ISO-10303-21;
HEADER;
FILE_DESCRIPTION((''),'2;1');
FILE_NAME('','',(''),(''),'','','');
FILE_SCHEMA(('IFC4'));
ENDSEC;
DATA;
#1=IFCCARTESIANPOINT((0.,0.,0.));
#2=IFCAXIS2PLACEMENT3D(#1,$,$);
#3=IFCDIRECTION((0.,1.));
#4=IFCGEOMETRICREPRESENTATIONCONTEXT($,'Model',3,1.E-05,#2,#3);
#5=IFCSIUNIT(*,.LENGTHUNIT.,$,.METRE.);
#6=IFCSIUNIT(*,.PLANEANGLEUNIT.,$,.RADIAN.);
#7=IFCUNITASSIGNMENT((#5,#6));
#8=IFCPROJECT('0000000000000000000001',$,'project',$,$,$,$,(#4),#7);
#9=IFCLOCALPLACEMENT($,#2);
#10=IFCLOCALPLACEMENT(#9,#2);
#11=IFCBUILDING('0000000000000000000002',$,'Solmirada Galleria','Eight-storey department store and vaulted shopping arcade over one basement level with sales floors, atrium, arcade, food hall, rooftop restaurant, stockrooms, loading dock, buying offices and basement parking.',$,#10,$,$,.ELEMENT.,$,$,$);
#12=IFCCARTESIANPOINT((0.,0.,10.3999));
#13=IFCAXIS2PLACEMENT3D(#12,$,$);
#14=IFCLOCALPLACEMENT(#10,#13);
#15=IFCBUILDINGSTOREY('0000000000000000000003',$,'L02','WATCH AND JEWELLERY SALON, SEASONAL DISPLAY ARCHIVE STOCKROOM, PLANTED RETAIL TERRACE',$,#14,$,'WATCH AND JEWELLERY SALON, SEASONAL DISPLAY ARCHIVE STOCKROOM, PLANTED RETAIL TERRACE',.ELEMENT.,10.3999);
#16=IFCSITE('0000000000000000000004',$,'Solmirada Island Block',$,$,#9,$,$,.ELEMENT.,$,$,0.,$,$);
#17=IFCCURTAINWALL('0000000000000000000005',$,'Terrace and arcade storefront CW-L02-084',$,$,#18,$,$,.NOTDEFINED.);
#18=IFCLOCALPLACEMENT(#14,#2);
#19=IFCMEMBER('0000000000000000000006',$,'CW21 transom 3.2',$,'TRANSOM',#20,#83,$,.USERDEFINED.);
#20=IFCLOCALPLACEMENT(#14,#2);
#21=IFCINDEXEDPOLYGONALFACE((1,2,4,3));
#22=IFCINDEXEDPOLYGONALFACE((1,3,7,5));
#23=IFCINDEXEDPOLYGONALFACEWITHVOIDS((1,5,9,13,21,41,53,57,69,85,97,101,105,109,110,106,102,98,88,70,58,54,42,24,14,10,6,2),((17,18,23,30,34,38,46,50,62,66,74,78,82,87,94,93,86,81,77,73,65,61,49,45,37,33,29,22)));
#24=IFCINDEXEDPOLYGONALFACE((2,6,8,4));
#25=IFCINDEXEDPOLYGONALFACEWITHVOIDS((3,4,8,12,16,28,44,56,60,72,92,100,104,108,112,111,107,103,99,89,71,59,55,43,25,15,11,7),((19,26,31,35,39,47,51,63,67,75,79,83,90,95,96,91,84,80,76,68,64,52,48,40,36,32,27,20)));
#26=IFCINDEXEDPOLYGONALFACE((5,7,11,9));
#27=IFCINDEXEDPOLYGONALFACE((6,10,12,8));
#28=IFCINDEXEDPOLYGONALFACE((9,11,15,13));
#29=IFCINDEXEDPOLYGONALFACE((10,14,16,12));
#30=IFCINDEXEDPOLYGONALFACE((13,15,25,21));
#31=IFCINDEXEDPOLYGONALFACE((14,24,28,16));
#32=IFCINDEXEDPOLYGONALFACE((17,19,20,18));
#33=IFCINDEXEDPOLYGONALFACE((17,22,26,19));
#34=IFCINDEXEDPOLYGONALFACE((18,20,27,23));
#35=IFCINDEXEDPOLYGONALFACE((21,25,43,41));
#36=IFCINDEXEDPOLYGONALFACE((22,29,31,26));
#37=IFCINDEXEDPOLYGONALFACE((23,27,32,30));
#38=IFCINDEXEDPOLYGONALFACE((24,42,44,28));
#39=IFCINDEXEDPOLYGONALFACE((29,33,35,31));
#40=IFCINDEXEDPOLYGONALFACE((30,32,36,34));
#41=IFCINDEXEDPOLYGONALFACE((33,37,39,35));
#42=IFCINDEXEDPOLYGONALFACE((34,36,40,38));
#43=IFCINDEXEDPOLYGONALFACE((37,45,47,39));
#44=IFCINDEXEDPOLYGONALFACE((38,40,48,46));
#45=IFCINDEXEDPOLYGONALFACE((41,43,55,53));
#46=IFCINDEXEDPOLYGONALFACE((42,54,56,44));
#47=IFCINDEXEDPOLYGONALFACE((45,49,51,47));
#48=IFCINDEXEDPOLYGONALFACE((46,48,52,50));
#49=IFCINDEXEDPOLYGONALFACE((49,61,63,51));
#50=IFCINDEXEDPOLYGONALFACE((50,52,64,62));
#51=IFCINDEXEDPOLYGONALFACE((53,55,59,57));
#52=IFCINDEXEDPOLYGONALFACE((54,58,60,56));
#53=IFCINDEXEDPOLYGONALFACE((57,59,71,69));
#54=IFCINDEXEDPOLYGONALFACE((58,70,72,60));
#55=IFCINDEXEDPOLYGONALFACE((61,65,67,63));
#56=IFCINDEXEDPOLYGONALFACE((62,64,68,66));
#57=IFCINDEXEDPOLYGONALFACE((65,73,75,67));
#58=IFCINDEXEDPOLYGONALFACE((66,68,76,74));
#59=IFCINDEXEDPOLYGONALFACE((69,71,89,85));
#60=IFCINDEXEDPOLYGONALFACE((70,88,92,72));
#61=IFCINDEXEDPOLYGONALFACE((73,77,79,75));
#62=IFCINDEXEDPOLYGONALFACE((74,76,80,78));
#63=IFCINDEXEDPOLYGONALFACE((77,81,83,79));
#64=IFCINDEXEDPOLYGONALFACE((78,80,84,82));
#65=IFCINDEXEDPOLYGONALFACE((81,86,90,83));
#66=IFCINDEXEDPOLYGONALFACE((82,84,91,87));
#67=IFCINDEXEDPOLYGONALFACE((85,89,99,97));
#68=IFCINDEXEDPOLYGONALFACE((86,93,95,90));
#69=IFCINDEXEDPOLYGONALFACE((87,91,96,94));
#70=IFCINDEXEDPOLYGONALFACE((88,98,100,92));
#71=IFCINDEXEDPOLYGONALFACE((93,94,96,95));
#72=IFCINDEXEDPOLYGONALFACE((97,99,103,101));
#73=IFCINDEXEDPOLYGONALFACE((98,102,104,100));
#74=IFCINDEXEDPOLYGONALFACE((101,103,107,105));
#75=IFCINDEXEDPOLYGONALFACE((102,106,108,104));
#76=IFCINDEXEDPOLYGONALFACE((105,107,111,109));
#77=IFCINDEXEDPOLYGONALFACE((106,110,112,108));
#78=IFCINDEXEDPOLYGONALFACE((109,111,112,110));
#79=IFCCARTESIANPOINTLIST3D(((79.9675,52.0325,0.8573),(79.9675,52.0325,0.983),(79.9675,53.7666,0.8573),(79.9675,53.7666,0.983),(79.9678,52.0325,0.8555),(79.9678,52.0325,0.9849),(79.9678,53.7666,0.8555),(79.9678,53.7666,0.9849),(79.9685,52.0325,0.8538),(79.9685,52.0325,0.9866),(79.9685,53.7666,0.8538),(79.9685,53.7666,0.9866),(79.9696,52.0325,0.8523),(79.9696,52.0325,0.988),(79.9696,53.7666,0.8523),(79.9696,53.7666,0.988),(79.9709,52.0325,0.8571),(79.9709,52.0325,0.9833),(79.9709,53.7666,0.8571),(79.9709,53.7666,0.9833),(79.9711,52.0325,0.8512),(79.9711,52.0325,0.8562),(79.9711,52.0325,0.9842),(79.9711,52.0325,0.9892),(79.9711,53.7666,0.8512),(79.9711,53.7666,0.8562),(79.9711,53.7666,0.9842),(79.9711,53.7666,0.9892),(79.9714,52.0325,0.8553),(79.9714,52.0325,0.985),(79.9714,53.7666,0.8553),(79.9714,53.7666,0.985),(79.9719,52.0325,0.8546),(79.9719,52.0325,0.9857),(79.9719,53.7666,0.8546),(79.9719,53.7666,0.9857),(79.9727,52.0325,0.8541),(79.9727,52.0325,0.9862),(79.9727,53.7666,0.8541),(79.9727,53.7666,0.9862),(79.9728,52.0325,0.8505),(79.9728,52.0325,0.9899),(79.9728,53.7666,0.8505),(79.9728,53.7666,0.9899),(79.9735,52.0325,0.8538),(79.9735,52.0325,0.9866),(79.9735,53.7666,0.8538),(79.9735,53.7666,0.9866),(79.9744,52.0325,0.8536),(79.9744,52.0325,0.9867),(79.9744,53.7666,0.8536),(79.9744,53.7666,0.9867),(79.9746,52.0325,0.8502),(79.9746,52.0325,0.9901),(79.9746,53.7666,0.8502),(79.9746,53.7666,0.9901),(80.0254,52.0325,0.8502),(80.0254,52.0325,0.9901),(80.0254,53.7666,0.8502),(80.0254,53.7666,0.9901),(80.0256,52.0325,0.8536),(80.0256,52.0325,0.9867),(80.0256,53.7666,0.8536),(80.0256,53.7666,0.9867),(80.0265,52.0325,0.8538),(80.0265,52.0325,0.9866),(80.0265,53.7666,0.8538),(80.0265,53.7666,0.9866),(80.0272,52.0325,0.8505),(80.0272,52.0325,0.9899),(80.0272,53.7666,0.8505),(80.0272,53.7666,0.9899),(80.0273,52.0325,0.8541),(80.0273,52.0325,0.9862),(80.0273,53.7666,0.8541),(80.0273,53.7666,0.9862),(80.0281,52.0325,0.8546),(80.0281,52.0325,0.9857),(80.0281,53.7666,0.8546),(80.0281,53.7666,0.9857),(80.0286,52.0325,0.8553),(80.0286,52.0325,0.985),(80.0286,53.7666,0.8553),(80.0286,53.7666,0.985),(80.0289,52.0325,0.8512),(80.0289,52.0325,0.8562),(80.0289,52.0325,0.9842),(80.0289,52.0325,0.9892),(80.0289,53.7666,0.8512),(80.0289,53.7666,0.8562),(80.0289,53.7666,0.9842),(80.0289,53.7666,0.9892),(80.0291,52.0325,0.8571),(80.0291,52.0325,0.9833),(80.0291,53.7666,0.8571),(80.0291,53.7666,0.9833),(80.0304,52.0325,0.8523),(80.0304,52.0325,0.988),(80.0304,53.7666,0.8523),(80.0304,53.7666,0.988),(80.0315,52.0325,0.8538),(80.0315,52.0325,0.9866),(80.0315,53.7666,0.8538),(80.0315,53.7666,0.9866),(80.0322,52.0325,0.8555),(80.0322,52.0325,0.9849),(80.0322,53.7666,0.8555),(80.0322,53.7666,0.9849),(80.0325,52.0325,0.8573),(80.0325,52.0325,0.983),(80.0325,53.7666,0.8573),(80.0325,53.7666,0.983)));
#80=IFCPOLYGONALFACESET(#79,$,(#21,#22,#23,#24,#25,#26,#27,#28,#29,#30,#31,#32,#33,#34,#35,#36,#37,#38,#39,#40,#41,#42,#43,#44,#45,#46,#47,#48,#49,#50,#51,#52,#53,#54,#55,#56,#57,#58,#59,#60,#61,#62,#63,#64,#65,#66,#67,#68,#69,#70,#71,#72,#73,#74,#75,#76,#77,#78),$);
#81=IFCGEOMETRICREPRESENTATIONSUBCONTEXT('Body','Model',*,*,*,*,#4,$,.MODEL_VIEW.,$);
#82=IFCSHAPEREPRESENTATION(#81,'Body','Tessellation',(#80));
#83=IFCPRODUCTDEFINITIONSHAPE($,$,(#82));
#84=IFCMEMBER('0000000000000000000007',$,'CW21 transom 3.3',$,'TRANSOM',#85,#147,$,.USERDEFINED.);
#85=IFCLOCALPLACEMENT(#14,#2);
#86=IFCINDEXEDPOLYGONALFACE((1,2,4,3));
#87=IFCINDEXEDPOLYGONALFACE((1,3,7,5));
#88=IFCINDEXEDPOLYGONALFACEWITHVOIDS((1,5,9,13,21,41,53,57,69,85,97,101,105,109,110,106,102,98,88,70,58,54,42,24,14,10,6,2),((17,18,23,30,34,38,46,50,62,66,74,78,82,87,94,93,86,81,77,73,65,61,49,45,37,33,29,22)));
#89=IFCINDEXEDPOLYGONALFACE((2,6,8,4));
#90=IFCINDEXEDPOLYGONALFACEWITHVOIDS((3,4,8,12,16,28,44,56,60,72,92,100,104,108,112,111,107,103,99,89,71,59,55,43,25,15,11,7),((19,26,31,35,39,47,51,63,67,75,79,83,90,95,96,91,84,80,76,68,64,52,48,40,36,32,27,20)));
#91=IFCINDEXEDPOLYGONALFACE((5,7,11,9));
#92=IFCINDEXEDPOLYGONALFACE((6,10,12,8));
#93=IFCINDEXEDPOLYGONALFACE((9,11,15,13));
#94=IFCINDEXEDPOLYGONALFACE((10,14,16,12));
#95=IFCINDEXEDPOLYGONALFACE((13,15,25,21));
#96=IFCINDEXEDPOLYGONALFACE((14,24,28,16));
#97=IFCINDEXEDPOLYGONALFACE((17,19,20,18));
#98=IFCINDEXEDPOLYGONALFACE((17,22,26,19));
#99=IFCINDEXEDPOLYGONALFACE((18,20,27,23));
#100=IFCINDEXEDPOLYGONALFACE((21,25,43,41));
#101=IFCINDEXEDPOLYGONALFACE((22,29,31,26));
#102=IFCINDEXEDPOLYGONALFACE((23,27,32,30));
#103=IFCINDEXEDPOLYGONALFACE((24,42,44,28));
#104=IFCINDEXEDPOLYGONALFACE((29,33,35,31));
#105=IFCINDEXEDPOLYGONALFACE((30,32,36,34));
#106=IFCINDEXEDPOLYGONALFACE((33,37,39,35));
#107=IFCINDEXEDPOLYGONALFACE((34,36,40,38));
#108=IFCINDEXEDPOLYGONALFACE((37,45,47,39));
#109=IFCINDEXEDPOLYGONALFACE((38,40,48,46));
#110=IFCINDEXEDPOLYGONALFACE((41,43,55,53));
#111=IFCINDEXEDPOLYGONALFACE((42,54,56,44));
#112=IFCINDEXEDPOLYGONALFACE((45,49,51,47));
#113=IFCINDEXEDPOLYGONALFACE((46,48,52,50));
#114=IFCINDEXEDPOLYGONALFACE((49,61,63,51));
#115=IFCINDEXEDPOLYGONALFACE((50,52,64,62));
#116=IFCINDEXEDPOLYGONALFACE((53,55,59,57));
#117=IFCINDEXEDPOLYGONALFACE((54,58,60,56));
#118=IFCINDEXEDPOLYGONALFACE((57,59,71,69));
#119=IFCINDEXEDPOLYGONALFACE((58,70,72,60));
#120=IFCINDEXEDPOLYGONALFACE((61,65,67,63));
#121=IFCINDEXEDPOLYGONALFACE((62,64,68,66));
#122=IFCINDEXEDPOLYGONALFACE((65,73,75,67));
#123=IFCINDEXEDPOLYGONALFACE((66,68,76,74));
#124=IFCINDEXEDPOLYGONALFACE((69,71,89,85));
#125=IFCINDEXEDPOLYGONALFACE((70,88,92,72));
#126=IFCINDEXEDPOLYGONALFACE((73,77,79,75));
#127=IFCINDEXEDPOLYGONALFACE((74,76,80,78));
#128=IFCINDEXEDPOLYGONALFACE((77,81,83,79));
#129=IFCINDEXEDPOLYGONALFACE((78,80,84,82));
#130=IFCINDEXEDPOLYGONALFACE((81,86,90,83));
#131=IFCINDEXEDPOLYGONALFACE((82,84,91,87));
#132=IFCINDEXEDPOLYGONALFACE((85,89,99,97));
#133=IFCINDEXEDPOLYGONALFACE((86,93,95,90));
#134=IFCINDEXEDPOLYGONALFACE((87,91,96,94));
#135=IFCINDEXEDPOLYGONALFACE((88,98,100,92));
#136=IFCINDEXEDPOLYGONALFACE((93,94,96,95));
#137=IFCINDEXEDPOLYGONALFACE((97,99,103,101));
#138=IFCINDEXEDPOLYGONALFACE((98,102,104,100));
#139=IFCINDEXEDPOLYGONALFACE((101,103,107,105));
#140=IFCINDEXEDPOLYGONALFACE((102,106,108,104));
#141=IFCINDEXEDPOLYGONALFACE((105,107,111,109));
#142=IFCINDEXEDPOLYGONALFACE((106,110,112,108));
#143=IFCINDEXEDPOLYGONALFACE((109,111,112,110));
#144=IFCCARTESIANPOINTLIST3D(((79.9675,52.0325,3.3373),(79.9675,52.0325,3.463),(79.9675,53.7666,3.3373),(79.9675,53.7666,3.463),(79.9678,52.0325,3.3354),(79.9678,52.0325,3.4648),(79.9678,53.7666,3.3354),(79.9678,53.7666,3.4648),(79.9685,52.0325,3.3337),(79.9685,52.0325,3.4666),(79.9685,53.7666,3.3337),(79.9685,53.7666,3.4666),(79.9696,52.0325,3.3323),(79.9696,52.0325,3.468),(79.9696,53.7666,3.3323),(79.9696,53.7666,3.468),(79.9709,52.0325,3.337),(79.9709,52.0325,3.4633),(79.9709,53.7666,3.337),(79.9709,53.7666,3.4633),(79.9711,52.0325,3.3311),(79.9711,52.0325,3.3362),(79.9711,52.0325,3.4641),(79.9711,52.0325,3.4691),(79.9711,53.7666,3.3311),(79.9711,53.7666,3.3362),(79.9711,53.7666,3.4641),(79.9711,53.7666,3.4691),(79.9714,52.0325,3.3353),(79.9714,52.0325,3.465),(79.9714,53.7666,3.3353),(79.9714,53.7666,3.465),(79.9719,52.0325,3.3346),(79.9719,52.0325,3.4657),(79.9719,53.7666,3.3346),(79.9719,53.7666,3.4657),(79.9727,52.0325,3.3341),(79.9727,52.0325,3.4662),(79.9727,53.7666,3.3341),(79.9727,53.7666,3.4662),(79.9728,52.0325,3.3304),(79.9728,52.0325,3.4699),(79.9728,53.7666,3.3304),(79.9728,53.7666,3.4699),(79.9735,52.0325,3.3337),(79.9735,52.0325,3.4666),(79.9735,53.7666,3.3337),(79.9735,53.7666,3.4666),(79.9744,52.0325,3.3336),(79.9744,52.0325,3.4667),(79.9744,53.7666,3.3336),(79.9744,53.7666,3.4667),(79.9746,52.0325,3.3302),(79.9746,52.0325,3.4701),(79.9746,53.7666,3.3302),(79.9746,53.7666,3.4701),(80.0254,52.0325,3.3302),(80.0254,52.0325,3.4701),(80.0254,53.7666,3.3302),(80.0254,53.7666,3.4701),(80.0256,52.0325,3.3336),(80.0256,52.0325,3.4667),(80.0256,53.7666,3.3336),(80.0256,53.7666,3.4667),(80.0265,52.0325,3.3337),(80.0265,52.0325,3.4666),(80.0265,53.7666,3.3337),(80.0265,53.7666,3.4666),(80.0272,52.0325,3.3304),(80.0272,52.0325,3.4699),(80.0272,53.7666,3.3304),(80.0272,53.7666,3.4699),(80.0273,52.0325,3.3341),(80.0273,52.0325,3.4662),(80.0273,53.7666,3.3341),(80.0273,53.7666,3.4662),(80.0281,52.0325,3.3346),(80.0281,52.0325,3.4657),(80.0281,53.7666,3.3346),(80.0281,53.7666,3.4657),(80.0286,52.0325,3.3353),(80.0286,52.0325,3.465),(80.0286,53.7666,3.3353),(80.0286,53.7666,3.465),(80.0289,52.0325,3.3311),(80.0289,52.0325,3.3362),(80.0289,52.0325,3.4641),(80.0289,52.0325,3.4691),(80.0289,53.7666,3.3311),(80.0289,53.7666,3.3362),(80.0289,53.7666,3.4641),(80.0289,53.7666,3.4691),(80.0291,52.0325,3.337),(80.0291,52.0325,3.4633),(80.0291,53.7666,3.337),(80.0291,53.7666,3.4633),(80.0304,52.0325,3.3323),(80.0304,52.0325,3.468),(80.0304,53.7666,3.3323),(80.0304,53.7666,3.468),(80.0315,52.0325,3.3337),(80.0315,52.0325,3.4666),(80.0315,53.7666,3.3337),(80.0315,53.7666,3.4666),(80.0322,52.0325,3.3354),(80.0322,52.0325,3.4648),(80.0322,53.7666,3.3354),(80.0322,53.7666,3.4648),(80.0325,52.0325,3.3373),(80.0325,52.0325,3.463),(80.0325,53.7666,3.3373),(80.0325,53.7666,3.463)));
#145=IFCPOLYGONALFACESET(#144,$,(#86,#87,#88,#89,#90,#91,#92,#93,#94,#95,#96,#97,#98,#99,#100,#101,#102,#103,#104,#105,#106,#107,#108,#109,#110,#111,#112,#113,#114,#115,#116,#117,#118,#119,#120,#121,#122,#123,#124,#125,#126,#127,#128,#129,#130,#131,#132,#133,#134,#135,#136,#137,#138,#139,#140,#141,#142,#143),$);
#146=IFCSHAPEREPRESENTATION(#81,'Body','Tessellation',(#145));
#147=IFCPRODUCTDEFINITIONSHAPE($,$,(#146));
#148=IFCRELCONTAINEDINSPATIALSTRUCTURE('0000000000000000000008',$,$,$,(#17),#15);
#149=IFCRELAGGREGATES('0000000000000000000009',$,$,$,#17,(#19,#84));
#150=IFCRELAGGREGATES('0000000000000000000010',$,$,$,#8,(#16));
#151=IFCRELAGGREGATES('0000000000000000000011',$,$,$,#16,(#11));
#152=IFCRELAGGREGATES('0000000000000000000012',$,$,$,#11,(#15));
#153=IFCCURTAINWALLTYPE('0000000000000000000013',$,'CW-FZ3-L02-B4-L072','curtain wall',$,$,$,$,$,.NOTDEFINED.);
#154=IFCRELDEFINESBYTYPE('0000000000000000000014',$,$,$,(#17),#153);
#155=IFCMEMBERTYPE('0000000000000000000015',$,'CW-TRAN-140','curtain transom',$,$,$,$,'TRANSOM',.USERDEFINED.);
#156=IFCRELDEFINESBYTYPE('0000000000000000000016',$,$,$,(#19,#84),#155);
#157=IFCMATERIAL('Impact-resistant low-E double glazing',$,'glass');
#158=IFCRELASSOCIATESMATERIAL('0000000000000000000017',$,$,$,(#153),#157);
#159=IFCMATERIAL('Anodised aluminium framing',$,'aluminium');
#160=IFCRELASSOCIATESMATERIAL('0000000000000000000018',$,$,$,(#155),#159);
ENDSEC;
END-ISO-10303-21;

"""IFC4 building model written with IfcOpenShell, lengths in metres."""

from ifc_helpers import new_model, si_unit, direction, frame, origin, origin_2d, place, context, subcontext, project, spatial, hollow_rectangle, extrude, material, material_profile, profile_set, type_object, element, aggregate, save


model = new_model("IFC4")

# Units and contexts
model_context = context("Model", 3, precision=1e-05, world=origin(), true_north=direction((0.0, 1.0)))
body_context = subcontext(model_context, "Body", "Model", "MODEL_VIEW")
ifc_project = project(units=[si_unit("LENGTHUNIT", "METRE"), si_unit("PLANEANGLEUNIT", "RADIAN")], contexts=[model_context])

# Site, building, storey
site_placement = place(None, origin())
site = spatial("IfcSite", under=ifc_project, at=site_placement, Name="Solmirada Island Block", CompositionType="ELEMENT", RefElevation=0.0)
building_placement = place(site_placement, origin())
building = spatial("IfcBuilding", under=site, at=building_placement, Name="Solmirada Galleria", Description="Eight-storey department store and vaulted shopping arcade over one basement level with sales floors, atrium, arcade, food hall, rooftop restaurant, stockrooms, loading dock, buying offices and basement parking.", CompositionType="ELEMENT")
storey_placement = place(building_placement, frame((0.0, 0.0, 10.3999)))
storey = spatial("IfcBuildingStorey", under=building, at=storey_placement, Name="L02", Description="WATCH AND JEWELLERY SALON, SEASONAL DISPLAY ARCHIVE STOCKROOM, PLANTED RETAIL TERRACE", LongName="WATCH AND JEWELLERY SALON, SEASONAL DISPLAY ARCHIVE STOCKROOM, PLANTED RETAIL TERRACE", CompositionType="ELEMENT", Elevation=10.3999)

# Curtain wall
ifc_material_1 = material(Name="Impact-resistant low-E double glazing", Category="glass")
curtain_wall_type_1 = type_object("IfcCurtainWallType", Name="CW-FZ3-L02-B4-L072", Description="curtain wall", PredefinedType="NOTDEFINED", material=ifc_material_1)
curtain_wall_1_placement = place(storey_placement, origin())
curtain_wall_1 = element("IfcCurtainWall", 1, at=curtain_wall_1_placement, inside=storey, type_object=curtain_wall_type_1, Name="Terrace and arcade storefront CW-L02-084", PredefinedType="NOTDEFINED")
ifc_material_2 = material(Name="Anodised aluminium framing", Category="aluminium")

# Members
ifc_material_profile_1 = material_profile(ifc_material_2, hollow_rectangle(XDim=0.0649, YDim=0.1399, WallThickness=0.0034, InnerFilletRadius=0.0034, OuterFilletRadius=0.0071, at=origin_2d()), Name="ALU-TRAN-140X65")
ifc_profile_set_1 = profile_set([ifc_material_profile_1], Name="Anodised aluminium framing")
member_type_1 = type_object("IfcMemberType", Name="CW-TRAN-140", Description="curtain transom", ElementType="TRANSOM", PredefinedType="USERDEFINED", material=ifc_profile_set_1)
member_1_placement = place(storey_placement, frame((80.0, 52.0325, 0.9202), z_axis=(0.0, 1.0, 0.0), x_axis=(-1.0, 0.0, 0.0)))
member_1 = element("IfcMember", 2, at=member_1_placement, type_object=member_type_1, Name="CW21 transom 3.2", ObjectType="TRANSOM", PredefinedType="USERDEFINED", context=body_context, shape_type="SweptSolid", body=[
    extrude(hollow_rectangle(XDim=0.0649, YDim=0.1399, WallThickness=0.0034, InnerFilletRadius=0.0034, OuterFilletRadius=0.0071, at=origin_2d()), origin(), (0.0, 0.0, 1.0), 1.7341),
])
member_2_placement = place(storey_placement, frame((80.0, 52.0325, 3.4001), z_axis=(0.0, 1.0, 0.0), x_axis=(-1.0, 0.0, 0.0)))
member_2 = element("IfcMember", 3, at=member_2_placement, type_object=member_type_1, Name="CW21 transom 3.3", ObjectType="TRANSOM", PredefinedType="USERDEFINED", context=body_context, shape_type="SweptSolid", body=[
    extrude(hollow_rectangle(XDim=0.0649, YDim=0.1399, WallThickness=0.0034, InnerFilletRadius=0.0034, OuterFilletRadius=0.0071, at=origin_2d()), origin(), (0.0, 0.0, 1.0), 1.7341),
])

aggregate(curtain_wall_1, [member_1, member_2])

save(model, "model.ifc")
